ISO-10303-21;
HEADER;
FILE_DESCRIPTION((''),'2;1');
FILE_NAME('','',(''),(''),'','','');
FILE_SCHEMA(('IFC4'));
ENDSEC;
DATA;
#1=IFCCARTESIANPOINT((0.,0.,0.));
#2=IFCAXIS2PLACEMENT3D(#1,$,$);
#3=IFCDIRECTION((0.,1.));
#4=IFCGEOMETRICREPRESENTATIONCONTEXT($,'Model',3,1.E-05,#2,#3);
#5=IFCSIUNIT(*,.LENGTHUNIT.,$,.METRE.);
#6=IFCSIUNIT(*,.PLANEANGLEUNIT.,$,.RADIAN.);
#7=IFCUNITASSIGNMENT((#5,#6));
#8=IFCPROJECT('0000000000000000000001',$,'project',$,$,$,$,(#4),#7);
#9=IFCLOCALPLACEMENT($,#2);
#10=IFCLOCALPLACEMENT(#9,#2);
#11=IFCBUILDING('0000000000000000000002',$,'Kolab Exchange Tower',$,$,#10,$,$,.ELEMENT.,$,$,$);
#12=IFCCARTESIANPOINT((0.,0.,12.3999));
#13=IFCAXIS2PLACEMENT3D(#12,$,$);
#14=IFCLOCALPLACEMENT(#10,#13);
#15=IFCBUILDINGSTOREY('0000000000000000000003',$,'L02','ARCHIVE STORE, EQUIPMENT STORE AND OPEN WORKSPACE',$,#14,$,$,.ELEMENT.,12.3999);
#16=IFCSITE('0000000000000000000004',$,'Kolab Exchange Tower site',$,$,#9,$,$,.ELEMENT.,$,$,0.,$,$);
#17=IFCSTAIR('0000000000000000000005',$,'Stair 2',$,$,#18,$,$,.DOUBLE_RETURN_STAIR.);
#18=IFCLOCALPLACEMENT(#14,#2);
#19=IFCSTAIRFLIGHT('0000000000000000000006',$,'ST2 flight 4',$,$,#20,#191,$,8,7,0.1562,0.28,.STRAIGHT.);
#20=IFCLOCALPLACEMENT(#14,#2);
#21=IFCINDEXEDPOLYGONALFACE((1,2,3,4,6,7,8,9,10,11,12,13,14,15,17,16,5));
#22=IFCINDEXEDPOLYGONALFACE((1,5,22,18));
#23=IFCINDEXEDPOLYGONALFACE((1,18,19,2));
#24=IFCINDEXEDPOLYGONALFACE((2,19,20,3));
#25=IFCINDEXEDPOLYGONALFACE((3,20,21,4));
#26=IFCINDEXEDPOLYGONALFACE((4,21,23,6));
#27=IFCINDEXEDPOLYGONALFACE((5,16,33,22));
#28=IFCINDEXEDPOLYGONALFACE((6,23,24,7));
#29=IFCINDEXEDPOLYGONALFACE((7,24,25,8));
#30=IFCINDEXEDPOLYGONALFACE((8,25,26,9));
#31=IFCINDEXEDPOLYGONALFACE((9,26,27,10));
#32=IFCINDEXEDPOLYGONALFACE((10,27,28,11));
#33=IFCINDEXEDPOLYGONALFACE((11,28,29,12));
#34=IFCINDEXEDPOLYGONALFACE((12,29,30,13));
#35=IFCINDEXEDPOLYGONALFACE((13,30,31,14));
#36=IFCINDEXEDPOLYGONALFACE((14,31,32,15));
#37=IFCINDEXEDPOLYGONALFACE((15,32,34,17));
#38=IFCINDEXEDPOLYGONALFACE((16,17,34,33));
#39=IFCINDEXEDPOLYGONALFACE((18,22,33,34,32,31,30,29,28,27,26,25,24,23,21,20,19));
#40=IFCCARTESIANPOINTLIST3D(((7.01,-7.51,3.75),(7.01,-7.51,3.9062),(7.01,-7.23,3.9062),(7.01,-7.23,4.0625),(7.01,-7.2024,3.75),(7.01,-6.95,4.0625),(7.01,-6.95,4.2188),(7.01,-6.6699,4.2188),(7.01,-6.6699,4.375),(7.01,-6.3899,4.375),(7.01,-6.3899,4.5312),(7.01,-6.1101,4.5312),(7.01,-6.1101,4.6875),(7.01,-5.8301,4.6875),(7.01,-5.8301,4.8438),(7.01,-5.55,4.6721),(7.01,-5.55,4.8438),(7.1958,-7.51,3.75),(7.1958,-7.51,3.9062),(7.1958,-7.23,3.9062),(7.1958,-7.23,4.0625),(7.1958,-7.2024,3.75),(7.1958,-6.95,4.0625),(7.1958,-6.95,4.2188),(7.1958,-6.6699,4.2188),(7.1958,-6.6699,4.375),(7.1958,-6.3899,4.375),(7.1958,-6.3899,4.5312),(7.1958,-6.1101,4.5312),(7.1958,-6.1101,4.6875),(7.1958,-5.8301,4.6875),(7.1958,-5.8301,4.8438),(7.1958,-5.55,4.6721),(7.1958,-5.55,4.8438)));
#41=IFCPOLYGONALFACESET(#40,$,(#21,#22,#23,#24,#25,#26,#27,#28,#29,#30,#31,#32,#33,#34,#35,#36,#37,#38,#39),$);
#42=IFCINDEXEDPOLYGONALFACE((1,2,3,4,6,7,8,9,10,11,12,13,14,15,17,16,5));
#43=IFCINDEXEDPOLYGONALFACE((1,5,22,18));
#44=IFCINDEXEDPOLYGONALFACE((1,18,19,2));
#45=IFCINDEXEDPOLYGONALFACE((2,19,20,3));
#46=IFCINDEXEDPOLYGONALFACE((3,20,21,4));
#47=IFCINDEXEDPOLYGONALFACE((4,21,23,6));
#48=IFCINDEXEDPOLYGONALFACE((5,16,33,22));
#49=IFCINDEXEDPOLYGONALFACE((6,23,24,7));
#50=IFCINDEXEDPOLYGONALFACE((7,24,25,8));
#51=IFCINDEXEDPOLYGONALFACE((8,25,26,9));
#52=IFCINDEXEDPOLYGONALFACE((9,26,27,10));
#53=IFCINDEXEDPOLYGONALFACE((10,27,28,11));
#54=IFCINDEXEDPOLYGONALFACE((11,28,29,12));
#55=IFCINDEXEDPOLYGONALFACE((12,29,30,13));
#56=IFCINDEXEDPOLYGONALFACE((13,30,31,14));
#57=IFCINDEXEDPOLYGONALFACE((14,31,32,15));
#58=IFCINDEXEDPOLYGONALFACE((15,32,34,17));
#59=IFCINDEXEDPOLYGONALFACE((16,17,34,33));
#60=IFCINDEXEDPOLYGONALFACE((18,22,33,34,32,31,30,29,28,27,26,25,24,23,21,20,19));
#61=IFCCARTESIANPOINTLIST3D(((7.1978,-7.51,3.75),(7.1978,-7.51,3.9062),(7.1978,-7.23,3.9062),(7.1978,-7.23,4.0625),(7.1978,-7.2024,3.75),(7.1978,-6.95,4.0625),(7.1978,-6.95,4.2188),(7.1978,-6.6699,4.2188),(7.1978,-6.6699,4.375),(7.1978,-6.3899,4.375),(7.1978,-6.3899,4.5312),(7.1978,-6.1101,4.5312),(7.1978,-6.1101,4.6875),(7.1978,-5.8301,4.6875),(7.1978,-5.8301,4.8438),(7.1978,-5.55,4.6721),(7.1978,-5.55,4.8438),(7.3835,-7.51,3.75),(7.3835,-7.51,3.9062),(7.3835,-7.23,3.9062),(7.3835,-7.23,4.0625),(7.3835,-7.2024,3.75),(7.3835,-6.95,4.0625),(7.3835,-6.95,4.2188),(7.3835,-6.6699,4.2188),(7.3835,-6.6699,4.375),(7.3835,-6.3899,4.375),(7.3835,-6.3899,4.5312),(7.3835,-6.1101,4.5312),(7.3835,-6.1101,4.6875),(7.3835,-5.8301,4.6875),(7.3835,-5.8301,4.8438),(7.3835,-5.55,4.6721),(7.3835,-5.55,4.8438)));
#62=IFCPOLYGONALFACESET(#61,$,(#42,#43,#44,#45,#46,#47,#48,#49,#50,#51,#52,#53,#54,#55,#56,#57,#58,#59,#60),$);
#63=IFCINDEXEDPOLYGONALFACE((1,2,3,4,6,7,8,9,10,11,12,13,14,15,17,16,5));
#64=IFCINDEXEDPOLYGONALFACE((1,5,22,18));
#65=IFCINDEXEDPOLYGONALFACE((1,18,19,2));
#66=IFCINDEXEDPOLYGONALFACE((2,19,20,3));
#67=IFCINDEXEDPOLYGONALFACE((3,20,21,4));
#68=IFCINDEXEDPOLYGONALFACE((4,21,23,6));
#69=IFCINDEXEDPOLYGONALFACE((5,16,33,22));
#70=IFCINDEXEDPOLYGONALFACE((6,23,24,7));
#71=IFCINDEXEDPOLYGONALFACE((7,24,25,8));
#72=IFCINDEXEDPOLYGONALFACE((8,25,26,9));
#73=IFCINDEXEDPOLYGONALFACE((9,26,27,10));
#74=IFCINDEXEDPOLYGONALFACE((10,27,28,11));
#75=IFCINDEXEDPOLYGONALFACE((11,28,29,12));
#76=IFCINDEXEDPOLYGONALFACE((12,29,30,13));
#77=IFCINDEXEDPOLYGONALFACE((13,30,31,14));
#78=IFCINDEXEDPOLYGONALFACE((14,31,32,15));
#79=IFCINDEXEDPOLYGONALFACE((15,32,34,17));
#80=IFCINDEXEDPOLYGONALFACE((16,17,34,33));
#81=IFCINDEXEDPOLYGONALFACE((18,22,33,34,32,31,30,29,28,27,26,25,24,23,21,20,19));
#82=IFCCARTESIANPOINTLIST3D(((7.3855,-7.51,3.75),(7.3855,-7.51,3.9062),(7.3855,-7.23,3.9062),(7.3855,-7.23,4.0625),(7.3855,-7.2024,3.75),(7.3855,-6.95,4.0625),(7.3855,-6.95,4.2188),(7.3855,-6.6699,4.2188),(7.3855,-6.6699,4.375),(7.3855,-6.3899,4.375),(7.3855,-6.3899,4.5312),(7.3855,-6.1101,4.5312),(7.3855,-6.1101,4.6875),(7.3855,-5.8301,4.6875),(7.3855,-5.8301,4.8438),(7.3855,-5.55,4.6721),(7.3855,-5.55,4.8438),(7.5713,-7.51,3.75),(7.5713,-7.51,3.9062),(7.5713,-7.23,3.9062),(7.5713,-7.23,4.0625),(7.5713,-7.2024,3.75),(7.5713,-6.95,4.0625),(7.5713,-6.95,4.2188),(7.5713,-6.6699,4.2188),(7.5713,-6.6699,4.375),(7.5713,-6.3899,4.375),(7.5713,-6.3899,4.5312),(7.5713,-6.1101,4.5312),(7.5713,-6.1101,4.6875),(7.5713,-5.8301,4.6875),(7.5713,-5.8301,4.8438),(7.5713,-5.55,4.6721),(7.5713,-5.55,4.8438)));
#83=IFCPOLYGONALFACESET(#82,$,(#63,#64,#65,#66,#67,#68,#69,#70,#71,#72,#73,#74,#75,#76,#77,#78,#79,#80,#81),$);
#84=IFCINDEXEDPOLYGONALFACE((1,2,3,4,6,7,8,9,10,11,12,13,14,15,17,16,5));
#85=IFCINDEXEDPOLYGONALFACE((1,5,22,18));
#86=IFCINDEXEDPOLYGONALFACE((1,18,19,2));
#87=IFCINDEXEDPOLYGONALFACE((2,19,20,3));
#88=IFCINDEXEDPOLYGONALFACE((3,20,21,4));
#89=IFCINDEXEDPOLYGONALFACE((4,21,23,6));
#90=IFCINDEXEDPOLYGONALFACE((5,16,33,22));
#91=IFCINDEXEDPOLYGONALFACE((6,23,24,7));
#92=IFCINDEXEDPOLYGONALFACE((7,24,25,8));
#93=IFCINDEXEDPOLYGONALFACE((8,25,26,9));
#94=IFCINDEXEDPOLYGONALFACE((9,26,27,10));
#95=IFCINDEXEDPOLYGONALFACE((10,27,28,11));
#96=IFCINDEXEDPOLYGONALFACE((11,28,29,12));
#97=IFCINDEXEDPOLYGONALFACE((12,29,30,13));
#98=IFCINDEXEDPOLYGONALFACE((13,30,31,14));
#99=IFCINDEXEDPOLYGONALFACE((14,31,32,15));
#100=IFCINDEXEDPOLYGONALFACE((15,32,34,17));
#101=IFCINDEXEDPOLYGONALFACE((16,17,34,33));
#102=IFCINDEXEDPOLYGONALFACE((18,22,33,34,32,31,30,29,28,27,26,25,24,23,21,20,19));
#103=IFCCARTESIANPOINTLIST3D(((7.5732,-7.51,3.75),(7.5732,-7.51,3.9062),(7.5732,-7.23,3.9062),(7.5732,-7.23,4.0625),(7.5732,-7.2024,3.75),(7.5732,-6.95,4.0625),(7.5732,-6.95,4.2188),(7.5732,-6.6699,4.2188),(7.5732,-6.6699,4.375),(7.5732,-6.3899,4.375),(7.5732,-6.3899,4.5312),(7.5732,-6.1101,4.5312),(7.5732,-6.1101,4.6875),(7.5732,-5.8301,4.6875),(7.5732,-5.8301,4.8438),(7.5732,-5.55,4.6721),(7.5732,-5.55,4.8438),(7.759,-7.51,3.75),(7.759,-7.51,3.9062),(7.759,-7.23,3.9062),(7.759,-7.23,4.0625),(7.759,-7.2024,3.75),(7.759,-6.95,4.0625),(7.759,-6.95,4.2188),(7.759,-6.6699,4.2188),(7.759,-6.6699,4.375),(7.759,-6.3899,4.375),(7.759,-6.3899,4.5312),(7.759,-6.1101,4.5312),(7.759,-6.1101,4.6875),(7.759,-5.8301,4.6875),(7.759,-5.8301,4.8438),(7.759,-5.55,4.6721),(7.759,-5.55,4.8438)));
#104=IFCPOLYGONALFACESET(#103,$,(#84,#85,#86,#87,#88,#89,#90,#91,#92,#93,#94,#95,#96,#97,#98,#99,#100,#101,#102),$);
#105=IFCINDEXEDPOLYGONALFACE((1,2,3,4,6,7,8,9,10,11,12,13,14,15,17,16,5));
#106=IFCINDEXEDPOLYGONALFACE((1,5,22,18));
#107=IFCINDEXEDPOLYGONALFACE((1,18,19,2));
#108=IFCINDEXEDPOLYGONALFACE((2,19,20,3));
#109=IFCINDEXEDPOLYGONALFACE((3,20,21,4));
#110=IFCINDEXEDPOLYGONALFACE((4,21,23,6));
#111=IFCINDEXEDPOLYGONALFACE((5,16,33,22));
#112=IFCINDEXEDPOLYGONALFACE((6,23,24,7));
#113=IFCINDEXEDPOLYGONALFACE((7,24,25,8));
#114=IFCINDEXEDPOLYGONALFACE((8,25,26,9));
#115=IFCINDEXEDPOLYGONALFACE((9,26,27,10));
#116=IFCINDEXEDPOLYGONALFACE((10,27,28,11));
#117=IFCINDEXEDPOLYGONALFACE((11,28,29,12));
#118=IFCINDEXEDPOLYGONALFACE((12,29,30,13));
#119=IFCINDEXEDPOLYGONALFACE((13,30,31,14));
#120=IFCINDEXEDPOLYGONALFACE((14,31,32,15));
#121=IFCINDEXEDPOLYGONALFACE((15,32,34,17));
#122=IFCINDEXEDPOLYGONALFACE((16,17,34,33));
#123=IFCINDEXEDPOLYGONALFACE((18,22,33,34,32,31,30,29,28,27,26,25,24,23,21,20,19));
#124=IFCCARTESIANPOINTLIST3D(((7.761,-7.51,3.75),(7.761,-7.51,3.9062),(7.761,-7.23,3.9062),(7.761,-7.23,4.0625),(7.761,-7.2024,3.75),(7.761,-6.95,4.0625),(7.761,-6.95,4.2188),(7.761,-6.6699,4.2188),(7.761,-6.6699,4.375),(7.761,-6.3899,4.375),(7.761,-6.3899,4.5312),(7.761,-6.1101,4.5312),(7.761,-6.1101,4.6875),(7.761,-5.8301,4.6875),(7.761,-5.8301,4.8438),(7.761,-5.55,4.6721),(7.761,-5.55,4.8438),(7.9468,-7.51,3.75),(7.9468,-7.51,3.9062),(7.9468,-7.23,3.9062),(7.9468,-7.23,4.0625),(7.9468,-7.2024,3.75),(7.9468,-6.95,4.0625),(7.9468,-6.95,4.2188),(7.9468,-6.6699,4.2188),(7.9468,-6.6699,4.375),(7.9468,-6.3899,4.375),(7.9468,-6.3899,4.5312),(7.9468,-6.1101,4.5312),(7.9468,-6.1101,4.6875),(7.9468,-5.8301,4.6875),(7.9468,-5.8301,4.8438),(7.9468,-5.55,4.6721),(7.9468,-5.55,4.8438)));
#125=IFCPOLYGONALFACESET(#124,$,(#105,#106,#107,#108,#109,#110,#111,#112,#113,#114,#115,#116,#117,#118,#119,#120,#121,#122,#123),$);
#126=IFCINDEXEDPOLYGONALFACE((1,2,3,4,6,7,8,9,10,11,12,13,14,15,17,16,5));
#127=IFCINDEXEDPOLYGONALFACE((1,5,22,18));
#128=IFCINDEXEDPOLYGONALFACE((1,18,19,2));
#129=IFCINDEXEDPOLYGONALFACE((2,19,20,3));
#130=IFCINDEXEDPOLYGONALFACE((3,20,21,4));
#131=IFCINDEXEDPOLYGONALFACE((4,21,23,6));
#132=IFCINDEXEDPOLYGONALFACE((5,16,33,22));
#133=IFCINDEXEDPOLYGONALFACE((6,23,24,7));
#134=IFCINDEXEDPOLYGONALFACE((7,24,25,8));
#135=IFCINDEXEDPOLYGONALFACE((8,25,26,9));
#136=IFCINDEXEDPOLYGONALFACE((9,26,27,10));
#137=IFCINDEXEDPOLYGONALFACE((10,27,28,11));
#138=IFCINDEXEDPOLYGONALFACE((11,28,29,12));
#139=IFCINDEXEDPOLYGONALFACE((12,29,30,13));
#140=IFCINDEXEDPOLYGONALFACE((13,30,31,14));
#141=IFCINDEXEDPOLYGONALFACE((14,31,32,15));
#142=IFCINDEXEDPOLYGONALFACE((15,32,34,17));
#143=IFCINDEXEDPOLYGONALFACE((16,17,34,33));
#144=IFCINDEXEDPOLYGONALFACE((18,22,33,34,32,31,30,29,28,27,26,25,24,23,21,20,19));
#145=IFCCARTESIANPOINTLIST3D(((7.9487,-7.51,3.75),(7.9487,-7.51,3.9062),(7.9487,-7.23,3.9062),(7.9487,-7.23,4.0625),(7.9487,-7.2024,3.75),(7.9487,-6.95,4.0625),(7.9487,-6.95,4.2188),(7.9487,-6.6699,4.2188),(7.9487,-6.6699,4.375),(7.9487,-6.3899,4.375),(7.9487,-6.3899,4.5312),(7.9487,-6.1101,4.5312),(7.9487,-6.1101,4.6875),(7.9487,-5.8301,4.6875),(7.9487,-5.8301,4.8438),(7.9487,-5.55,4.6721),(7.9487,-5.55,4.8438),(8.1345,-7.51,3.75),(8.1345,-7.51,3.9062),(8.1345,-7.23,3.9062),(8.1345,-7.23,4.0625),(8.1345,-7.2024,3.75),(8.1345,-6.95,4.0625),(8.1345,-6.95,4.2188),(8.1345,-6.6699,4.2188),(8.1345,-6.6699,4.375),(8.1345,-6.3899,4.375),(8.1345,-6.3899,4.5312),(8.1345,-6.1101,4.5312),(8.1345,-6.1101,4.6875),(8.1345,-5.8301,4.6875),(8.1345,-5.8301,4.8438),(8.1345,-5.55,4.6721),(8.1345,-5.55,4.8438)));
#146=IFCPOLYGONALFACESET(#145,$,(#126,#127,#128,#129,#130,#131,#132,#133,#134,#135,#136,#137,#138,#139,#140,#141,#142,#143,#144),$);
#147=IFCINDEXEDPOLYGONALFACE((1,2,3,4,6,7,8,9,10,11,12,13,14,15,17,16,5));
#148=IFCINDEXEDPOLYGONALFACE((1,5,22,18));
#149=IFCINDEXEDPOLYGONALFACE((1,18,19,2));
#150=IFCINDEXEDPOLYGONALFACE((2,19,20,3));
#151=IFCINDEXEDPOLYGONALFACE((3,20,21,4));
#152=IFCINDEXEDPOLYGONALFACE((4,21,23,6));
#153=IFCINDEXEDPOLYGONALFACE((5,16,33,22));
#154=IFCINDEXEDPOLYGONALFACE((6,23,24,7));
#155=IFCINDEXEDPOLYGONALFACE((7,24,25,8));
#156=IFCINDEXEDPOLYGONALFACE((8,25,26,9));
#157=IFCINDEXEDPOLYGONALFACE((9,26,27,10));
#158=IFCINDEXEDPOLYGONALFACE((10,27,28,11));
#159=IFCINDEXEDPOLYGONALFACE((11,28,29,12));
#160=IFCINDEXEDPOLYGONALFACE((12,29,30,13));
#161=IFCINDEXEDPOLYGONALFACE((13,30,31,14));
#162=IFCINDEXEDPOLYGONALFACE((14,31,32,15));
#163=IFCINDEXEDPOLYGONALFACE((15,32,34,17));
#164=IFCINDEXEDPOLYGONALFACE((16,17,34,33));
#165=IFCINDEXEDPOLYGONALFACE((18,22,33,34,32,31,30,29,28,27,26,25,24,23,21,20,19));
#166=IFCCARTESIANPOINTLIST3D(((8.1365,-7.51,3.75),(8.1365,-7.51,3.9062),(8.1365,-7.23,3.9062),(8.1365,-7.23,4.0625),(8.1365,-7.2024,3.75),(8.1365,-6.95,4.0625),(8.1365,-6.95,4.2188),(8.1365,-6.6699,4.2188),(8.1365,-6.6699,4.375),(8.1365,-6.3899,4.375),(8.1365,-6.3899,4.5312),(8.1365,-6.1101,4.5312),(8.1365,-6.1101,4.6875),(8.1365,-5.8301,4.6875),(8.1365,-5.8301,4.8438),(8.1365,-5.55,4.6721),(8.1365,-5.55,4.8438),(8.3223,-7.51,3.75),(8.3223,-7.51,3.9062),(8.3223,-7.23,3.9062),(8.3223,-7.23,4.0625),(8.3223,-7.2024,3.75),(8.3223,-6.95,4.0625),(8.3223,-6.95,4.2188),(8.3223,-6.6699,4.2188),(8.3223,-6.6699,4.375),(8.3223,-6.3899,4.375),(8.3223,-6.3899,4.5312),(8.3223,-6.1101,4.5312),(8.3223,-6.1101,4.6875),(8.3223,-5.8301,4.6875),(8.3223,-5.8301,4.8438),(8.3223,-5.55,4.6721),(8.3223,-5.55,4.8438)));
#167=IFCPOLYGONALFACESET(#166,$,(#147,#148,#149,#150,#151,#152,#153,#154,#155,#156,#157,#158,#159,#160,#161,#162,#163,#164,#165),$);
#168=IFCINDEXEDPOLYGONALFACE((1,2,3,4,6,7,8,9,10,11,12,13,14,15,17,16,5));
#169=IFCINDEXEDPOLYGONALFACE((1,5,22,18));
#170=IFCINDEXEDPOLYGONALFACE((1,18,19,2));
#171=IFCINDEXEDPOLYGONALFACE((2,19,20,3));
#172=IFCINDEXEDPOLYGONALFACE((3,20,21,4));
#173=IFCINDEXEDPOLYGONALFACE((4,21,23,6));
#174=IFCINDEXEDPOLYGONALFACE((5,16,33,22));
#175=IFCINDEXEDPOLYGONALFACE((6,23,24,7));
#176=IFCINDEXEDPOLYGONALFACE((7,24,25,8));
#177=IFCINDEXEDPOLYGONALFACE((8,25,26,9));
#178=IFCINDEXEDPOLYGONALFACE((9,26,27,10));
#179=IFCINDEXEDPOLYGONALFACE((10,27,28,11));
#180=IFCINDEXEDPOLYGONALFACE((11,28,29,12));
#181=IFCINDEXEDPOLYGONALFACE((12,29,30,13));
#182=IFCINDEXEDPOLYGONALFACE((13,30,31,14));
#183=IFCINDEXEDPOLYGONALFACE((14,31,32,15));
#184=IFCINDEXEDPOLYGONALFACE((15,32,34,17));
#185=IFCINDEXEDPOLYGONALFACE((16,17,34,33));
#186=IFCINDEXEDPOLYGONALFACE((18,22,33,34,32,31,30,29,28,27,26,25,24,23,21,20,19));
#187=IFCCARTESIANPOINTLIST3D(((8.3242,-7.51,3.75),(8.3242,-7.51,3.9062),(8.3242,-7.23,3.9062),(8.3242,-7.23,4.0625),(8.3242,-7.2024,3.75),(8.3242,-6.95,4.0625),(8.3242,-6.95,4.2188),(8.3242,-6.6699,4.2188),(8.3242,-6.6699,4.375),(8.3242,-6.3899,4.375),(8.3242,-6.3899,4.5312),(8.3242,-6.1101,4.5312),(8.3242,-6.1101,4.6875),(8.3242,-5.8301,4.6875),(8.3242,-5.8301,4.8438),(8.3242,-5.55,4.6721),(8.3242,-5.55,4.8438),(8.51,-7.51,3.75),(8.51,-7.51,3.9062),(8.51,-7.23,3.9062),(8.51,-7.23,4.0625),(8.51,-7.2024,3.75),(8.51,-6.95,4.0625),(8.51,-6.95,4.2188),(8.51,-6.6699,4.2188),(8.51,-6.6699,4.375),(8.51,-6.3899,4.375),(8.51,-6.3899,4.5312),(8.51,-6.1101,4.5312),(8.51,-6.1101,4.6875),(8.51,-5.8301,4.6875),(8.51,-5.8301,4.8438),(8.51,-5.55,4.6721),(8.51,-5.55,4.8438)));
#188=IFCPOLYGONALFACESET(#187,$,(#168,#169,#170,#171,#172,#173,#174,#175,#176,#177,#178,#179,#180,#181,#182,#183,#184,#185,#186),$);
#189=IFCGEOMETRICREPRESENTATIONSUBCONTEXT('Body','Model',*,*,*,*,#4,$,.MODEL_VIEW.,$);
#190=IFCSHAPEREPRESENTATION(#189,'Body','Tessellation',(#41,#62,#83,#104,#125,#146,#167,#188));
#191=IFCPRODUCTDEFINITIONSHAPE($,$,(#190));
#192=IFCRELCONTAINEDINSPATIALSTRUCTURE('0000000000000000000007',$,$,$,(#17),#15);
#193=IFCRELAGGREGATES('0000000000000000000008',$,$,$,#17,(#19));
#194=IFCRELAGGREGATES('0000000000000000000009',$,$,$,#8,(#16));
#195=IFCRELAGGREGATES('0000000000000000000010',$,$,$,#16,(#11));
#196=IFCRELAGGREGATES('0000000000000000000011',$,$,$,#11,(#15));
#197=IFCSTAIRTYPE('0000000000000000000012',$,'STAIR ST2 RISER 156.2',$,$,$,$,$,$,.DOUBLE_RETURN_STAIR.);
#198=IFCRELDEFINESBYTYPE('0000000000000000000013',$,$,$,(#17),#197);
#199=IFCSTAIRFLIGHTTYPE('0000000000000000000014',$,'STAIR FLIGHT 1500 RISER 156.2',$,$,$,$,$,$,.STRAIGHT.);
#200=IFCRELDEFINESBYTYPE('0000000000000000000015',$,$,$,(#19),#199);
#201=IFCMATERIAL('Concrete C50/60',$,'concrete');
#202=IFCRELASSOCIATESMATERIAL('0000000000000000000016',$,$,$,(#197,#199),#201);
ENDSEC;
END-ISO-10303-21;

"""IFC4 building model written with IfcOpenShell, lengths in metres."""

from ifc_helpers import new_model, si_unit, direction, frame, origin, place, context, subcontext, project, spatial, polyline, outline, extrude, material, type_object, element, aggregate, save


model = new_model("IFC4")

# Units and contexts
model_context = context("Model", 3, precision=1e-05, world=origin(), true_north=direction((0.0, 1.0)))
body_context = subcontext(model_context, "Body", "Model", "MODEL_VIEW")
ifc_project = project(units=[si_unit("LENGTHUNIT", "METRE"), si_unit("PLANEANGLEUNIT", "RADIAN")], contexts=[model_context])

# Site, building, storey
site_placement = place(None, origin())
site = spatial("IfcSite", under=ifc_project, at=site_placement, Name="Kolab Exchange Tower site", CompositionType="ELEMENT", RefElevation=0.0)
building_placement = place(site_placement, origin())
building = spatial("IfcBuilding", under=site, at=building_placement, Name="Kolab Exchange Tower", CompositionType="ELEMENT")
storey_placement = place(building_placement, frame((0.0, 0.0, 12.3999)))
storey = spatial("IfcBuildingStorey", under=building, at=storey_placement, Name="L02", Description="ARCHIVE STORE, EQUIPMENT STORE AND OPEN WORKSPACE", CompositionType="ELEMENT", Elevation=12.3999)

# Shared definitions
ifc_material_1 = material(Name="Concrete C50/60", Category="concrete")

# Stair, stair flight
stair_type = type_object("IfcStairType", Name="STAIR ST2 RISER 156.2", PredefinedType="DOUBLE_RETURN_STAIR", material=ifc_material_1)
stair_placement = place(storey_placement, origin())
stair = element("IfcStair", 1, at=stair_placement, inside=storey, type_object=stair_type, Name="Stair 2", PredefinedType="DOUBLE_RETURN_STAIR")
stair_flight_type = type_object("IfcStairFlightType", Name="STAIR FLIGHT 1500 RISER 156.2", PredefinedType="STRAIGHT", material=ifc_material_1)
stair_flight_1_placement = place(storey_placement, frame((7.76, -7.51, 3.75), z_axis=(0.0, 0.0, 1.0), x_axis=(0.0, 1.0, 0.0)))
stair_flight_1 = element("IfcStairFlight", 2, at=stair_flight_1_placement, type_object=stair_flight_type, Name="ST2 flight 4", NumberOfRisers=8, NumberOfTreads=7, PredefinedType="STRAIGHT", RiserHeight=0.1562, TreadLength=0.28, context=body_context, shape_type="SweptSolid", body=[
    extrude(outline(polyline([(0.0, 0.0), (0.0, 0.1562), (0.28, 0.1562), (0.28, 0.3125), (0.5601, 0.3125), (0.5601, 0.4688), (0.8401, 0.4688), (0.8401, 0.625), (1.1201, 0.625), (1.1201, 0.7812), (1.3999, 0.7812), (1.3999, 0.9375), (1.6799, 0.9375), (1.6799, 1.0938), (1.96, 1.0938), (1.96, 1.25), (1.96, 0.9221), (0.3076, 0.0), (0.0, 0.0)])), frame((0.0, 0.75, 0.0), z_axis=(0.0, -1.0, 0.0), x_axis=(1.0, 0.0, 0.0)), (0.0, 0.0, 1.0), 0.1858),
    extrude(outline(polyline([(0.0, 0.0), (0.0, 0.1562), (0.28, 0.1562), (0.28, 0.3125), (0.5601, 0.3125), (0.5601, 0.4688), (0.8401, 0.4688), (0.8401, 0.625), (1.1201, 0.625), (1.1201, 0.7812), (1.3999, 0.7812), (1.3999, 0.9375), (1.6799, 0.9375), (1.6799, 1.0938), (1.96, 1.0938), (1.96, 1.25), (1.96, 0.9221), (0.3076, 0.0), (0.0, 0.0)])), frame((0.0, 0.5623, 0.0), z_axis=(0.0, -1.0, 0.0), x_axis=(1.0, 0.0, 0.0)), (0.0, 0.0, 1.0), 0.1858),
    extrude(outline(polyline([(0.0, 0.0), (0.0, 0.1562), (0.28, 0.1562), (0.28, 0.3125), (0.5601, 0.3125), (0.5601, 0.4688), (0.8401, 0.4688), (0.8401, 0.625), (1.1201, 0.625), (1.1201, 0.7812), (1.3999, 0.7812), (1.3999, 0.9375), (1.6799, 0.9375), (1.6799, 1.0938), (1.96, 1.0938), (1.96, 1.25), (1.96, 0.9221), (0.3076, 0.0), (0.0, 0.0)])), frame((0.0, 0.3745, 0.0), z_axis=(0.0, -1.0, 0.0), x_axis=(1.0, 0.0, 0.0)), (0.0, 0.0, 1.0), 0.1858),
    extrude(outline(polyline([(0.0, 0.0), (0.0, 0.1562), (0.28, 0.1562), (0.28, 0.3125), (0.5601, 0.3125), (0.5601, 0.4688), (0.8401, 0.4688), (0.8401, 0.625), (1.1201, 0.625), (1.1201, 0.7812), (1.3999, 0.7812), (1.3999, 0.9375), (1.6799, 0.9375), (1.6799, 1.0938), (1.96, 1.0938), (1.96, 1.25), (1.96, 0.9221), (0.3076, 0.0), (0.0, 0.0)])), frame((0.0, 0.1868, 0.0), z_axis=(0.0, -1.0, 0.0), x_axis=(1.0, 0.0, 0.0)), (0.0, 0.0, 1.0), 0.1858),
    extrude(outline(polyline([(0.0, 0.0), (0.0, 0.1562), (0.28, 0.1562), (0.28, 0.3125), (0.5601, 0.3125), (0.5601, 0.4688), (0.8401, 0.4688), (0.8401, 0.625), (1.1201, 0.625), (1.1201, 0.7812), (1.3999, 0.7812), (1.3999, 0.9375), (1.6799, 0.9375), (1.6799, 1.0938), (1.96, 1.0938), (1.96, 1.25), (1.96, 0.9221), (0.3076, 0.0), (0.0, 0.0)])), frame((0.0, -0.001, 0.0), z_axis=(0.0, -1.0, 0.0), x_axis=(1.0, 0.0, 0.0)), (0.0, 0.0, 1.0), 0.1858),
    extrude(outline(polyline([(0.0, 0.0), (0.0, 0.1562), (0.28, 0.1562), (0.28, 0.3125), (0.5601, 0.3125), (0.5601, 0.4688), (0.8401, 0.4688), (0.8401, 0.625), (1.1201, 0.625), (1.1201, 0.7812), (1.3999, 0.7812), (1.3999, 0.9375), (1.6799, 0.9375), (1.6799, 1.0938), (1.96, 1.0938), (1.96, 1.25), (1.96, 0.9221), (0.3076, 0.0), (0.0, 0.0)])), frame((0.0, -0.1887, 0.0), z_axis=(0.0, -1.0, 0.0), x_axis=(1.0, 0.0, 0.0)), (0.0, 0.0, 1.0), 0.1858),
    extrude(outline(polyline([(0.0, 0.0), (0.0, 0.1562), (0.28, 0.1562), (0.28, 0.3125), (0.5601, 0.3125), (0.5601, 0.4688), (0.8401, 0.4688), (0.8401, 0.625), (1.1201, 0.625), (1.1201, 0.7812), (1.3999, 0.7812), (1.3999, 0.9375), (1.6799, 0.9375), (1.6799, 1.0938), (1.96, 1.0938), (1.96, 1.25), (1.96, 0.9221), (0.3076, 0.0), (0.0, 0.0)])), frame((0.0, -0.3765, 0.0), z_axis=(0.0, -1.0, 0.0), x_axis=(1.0, 0.0, 0.0)), (0.0, 0.0, 1.0), 0.1858),
    extrude(outline(polyline([(0.0, 0.0), (0.0, 0.1562), (0.28, 0.1562), (0.28, 0.3125), (0.5601, 0.3125), (0.5601, 0.4688), (0.8401, 0.4688), (0.8401, 0.625), (1.1201, 0.625), (1.1201, 0.7812), (1.3999, 0.7812), (1.3999, 0.9375), (1.6799, 0.9375), (1.6799, 1.0938), (1.96, 1.0938), (1.96, 1.25), (1.96, 0.9221), (0.3076, 0.0), (0.0, 0.0)])), frame((0.0, -0.5642, 0.0), z_axis=(0.0, -1.0, 0.0), x_axis=(1.0, 0.0, 0.0)), (0.0, 0.0, 1.0), 0.1858),
])
aggregate(stair, [stair_flight_1])

save(model, "model.ifc")
